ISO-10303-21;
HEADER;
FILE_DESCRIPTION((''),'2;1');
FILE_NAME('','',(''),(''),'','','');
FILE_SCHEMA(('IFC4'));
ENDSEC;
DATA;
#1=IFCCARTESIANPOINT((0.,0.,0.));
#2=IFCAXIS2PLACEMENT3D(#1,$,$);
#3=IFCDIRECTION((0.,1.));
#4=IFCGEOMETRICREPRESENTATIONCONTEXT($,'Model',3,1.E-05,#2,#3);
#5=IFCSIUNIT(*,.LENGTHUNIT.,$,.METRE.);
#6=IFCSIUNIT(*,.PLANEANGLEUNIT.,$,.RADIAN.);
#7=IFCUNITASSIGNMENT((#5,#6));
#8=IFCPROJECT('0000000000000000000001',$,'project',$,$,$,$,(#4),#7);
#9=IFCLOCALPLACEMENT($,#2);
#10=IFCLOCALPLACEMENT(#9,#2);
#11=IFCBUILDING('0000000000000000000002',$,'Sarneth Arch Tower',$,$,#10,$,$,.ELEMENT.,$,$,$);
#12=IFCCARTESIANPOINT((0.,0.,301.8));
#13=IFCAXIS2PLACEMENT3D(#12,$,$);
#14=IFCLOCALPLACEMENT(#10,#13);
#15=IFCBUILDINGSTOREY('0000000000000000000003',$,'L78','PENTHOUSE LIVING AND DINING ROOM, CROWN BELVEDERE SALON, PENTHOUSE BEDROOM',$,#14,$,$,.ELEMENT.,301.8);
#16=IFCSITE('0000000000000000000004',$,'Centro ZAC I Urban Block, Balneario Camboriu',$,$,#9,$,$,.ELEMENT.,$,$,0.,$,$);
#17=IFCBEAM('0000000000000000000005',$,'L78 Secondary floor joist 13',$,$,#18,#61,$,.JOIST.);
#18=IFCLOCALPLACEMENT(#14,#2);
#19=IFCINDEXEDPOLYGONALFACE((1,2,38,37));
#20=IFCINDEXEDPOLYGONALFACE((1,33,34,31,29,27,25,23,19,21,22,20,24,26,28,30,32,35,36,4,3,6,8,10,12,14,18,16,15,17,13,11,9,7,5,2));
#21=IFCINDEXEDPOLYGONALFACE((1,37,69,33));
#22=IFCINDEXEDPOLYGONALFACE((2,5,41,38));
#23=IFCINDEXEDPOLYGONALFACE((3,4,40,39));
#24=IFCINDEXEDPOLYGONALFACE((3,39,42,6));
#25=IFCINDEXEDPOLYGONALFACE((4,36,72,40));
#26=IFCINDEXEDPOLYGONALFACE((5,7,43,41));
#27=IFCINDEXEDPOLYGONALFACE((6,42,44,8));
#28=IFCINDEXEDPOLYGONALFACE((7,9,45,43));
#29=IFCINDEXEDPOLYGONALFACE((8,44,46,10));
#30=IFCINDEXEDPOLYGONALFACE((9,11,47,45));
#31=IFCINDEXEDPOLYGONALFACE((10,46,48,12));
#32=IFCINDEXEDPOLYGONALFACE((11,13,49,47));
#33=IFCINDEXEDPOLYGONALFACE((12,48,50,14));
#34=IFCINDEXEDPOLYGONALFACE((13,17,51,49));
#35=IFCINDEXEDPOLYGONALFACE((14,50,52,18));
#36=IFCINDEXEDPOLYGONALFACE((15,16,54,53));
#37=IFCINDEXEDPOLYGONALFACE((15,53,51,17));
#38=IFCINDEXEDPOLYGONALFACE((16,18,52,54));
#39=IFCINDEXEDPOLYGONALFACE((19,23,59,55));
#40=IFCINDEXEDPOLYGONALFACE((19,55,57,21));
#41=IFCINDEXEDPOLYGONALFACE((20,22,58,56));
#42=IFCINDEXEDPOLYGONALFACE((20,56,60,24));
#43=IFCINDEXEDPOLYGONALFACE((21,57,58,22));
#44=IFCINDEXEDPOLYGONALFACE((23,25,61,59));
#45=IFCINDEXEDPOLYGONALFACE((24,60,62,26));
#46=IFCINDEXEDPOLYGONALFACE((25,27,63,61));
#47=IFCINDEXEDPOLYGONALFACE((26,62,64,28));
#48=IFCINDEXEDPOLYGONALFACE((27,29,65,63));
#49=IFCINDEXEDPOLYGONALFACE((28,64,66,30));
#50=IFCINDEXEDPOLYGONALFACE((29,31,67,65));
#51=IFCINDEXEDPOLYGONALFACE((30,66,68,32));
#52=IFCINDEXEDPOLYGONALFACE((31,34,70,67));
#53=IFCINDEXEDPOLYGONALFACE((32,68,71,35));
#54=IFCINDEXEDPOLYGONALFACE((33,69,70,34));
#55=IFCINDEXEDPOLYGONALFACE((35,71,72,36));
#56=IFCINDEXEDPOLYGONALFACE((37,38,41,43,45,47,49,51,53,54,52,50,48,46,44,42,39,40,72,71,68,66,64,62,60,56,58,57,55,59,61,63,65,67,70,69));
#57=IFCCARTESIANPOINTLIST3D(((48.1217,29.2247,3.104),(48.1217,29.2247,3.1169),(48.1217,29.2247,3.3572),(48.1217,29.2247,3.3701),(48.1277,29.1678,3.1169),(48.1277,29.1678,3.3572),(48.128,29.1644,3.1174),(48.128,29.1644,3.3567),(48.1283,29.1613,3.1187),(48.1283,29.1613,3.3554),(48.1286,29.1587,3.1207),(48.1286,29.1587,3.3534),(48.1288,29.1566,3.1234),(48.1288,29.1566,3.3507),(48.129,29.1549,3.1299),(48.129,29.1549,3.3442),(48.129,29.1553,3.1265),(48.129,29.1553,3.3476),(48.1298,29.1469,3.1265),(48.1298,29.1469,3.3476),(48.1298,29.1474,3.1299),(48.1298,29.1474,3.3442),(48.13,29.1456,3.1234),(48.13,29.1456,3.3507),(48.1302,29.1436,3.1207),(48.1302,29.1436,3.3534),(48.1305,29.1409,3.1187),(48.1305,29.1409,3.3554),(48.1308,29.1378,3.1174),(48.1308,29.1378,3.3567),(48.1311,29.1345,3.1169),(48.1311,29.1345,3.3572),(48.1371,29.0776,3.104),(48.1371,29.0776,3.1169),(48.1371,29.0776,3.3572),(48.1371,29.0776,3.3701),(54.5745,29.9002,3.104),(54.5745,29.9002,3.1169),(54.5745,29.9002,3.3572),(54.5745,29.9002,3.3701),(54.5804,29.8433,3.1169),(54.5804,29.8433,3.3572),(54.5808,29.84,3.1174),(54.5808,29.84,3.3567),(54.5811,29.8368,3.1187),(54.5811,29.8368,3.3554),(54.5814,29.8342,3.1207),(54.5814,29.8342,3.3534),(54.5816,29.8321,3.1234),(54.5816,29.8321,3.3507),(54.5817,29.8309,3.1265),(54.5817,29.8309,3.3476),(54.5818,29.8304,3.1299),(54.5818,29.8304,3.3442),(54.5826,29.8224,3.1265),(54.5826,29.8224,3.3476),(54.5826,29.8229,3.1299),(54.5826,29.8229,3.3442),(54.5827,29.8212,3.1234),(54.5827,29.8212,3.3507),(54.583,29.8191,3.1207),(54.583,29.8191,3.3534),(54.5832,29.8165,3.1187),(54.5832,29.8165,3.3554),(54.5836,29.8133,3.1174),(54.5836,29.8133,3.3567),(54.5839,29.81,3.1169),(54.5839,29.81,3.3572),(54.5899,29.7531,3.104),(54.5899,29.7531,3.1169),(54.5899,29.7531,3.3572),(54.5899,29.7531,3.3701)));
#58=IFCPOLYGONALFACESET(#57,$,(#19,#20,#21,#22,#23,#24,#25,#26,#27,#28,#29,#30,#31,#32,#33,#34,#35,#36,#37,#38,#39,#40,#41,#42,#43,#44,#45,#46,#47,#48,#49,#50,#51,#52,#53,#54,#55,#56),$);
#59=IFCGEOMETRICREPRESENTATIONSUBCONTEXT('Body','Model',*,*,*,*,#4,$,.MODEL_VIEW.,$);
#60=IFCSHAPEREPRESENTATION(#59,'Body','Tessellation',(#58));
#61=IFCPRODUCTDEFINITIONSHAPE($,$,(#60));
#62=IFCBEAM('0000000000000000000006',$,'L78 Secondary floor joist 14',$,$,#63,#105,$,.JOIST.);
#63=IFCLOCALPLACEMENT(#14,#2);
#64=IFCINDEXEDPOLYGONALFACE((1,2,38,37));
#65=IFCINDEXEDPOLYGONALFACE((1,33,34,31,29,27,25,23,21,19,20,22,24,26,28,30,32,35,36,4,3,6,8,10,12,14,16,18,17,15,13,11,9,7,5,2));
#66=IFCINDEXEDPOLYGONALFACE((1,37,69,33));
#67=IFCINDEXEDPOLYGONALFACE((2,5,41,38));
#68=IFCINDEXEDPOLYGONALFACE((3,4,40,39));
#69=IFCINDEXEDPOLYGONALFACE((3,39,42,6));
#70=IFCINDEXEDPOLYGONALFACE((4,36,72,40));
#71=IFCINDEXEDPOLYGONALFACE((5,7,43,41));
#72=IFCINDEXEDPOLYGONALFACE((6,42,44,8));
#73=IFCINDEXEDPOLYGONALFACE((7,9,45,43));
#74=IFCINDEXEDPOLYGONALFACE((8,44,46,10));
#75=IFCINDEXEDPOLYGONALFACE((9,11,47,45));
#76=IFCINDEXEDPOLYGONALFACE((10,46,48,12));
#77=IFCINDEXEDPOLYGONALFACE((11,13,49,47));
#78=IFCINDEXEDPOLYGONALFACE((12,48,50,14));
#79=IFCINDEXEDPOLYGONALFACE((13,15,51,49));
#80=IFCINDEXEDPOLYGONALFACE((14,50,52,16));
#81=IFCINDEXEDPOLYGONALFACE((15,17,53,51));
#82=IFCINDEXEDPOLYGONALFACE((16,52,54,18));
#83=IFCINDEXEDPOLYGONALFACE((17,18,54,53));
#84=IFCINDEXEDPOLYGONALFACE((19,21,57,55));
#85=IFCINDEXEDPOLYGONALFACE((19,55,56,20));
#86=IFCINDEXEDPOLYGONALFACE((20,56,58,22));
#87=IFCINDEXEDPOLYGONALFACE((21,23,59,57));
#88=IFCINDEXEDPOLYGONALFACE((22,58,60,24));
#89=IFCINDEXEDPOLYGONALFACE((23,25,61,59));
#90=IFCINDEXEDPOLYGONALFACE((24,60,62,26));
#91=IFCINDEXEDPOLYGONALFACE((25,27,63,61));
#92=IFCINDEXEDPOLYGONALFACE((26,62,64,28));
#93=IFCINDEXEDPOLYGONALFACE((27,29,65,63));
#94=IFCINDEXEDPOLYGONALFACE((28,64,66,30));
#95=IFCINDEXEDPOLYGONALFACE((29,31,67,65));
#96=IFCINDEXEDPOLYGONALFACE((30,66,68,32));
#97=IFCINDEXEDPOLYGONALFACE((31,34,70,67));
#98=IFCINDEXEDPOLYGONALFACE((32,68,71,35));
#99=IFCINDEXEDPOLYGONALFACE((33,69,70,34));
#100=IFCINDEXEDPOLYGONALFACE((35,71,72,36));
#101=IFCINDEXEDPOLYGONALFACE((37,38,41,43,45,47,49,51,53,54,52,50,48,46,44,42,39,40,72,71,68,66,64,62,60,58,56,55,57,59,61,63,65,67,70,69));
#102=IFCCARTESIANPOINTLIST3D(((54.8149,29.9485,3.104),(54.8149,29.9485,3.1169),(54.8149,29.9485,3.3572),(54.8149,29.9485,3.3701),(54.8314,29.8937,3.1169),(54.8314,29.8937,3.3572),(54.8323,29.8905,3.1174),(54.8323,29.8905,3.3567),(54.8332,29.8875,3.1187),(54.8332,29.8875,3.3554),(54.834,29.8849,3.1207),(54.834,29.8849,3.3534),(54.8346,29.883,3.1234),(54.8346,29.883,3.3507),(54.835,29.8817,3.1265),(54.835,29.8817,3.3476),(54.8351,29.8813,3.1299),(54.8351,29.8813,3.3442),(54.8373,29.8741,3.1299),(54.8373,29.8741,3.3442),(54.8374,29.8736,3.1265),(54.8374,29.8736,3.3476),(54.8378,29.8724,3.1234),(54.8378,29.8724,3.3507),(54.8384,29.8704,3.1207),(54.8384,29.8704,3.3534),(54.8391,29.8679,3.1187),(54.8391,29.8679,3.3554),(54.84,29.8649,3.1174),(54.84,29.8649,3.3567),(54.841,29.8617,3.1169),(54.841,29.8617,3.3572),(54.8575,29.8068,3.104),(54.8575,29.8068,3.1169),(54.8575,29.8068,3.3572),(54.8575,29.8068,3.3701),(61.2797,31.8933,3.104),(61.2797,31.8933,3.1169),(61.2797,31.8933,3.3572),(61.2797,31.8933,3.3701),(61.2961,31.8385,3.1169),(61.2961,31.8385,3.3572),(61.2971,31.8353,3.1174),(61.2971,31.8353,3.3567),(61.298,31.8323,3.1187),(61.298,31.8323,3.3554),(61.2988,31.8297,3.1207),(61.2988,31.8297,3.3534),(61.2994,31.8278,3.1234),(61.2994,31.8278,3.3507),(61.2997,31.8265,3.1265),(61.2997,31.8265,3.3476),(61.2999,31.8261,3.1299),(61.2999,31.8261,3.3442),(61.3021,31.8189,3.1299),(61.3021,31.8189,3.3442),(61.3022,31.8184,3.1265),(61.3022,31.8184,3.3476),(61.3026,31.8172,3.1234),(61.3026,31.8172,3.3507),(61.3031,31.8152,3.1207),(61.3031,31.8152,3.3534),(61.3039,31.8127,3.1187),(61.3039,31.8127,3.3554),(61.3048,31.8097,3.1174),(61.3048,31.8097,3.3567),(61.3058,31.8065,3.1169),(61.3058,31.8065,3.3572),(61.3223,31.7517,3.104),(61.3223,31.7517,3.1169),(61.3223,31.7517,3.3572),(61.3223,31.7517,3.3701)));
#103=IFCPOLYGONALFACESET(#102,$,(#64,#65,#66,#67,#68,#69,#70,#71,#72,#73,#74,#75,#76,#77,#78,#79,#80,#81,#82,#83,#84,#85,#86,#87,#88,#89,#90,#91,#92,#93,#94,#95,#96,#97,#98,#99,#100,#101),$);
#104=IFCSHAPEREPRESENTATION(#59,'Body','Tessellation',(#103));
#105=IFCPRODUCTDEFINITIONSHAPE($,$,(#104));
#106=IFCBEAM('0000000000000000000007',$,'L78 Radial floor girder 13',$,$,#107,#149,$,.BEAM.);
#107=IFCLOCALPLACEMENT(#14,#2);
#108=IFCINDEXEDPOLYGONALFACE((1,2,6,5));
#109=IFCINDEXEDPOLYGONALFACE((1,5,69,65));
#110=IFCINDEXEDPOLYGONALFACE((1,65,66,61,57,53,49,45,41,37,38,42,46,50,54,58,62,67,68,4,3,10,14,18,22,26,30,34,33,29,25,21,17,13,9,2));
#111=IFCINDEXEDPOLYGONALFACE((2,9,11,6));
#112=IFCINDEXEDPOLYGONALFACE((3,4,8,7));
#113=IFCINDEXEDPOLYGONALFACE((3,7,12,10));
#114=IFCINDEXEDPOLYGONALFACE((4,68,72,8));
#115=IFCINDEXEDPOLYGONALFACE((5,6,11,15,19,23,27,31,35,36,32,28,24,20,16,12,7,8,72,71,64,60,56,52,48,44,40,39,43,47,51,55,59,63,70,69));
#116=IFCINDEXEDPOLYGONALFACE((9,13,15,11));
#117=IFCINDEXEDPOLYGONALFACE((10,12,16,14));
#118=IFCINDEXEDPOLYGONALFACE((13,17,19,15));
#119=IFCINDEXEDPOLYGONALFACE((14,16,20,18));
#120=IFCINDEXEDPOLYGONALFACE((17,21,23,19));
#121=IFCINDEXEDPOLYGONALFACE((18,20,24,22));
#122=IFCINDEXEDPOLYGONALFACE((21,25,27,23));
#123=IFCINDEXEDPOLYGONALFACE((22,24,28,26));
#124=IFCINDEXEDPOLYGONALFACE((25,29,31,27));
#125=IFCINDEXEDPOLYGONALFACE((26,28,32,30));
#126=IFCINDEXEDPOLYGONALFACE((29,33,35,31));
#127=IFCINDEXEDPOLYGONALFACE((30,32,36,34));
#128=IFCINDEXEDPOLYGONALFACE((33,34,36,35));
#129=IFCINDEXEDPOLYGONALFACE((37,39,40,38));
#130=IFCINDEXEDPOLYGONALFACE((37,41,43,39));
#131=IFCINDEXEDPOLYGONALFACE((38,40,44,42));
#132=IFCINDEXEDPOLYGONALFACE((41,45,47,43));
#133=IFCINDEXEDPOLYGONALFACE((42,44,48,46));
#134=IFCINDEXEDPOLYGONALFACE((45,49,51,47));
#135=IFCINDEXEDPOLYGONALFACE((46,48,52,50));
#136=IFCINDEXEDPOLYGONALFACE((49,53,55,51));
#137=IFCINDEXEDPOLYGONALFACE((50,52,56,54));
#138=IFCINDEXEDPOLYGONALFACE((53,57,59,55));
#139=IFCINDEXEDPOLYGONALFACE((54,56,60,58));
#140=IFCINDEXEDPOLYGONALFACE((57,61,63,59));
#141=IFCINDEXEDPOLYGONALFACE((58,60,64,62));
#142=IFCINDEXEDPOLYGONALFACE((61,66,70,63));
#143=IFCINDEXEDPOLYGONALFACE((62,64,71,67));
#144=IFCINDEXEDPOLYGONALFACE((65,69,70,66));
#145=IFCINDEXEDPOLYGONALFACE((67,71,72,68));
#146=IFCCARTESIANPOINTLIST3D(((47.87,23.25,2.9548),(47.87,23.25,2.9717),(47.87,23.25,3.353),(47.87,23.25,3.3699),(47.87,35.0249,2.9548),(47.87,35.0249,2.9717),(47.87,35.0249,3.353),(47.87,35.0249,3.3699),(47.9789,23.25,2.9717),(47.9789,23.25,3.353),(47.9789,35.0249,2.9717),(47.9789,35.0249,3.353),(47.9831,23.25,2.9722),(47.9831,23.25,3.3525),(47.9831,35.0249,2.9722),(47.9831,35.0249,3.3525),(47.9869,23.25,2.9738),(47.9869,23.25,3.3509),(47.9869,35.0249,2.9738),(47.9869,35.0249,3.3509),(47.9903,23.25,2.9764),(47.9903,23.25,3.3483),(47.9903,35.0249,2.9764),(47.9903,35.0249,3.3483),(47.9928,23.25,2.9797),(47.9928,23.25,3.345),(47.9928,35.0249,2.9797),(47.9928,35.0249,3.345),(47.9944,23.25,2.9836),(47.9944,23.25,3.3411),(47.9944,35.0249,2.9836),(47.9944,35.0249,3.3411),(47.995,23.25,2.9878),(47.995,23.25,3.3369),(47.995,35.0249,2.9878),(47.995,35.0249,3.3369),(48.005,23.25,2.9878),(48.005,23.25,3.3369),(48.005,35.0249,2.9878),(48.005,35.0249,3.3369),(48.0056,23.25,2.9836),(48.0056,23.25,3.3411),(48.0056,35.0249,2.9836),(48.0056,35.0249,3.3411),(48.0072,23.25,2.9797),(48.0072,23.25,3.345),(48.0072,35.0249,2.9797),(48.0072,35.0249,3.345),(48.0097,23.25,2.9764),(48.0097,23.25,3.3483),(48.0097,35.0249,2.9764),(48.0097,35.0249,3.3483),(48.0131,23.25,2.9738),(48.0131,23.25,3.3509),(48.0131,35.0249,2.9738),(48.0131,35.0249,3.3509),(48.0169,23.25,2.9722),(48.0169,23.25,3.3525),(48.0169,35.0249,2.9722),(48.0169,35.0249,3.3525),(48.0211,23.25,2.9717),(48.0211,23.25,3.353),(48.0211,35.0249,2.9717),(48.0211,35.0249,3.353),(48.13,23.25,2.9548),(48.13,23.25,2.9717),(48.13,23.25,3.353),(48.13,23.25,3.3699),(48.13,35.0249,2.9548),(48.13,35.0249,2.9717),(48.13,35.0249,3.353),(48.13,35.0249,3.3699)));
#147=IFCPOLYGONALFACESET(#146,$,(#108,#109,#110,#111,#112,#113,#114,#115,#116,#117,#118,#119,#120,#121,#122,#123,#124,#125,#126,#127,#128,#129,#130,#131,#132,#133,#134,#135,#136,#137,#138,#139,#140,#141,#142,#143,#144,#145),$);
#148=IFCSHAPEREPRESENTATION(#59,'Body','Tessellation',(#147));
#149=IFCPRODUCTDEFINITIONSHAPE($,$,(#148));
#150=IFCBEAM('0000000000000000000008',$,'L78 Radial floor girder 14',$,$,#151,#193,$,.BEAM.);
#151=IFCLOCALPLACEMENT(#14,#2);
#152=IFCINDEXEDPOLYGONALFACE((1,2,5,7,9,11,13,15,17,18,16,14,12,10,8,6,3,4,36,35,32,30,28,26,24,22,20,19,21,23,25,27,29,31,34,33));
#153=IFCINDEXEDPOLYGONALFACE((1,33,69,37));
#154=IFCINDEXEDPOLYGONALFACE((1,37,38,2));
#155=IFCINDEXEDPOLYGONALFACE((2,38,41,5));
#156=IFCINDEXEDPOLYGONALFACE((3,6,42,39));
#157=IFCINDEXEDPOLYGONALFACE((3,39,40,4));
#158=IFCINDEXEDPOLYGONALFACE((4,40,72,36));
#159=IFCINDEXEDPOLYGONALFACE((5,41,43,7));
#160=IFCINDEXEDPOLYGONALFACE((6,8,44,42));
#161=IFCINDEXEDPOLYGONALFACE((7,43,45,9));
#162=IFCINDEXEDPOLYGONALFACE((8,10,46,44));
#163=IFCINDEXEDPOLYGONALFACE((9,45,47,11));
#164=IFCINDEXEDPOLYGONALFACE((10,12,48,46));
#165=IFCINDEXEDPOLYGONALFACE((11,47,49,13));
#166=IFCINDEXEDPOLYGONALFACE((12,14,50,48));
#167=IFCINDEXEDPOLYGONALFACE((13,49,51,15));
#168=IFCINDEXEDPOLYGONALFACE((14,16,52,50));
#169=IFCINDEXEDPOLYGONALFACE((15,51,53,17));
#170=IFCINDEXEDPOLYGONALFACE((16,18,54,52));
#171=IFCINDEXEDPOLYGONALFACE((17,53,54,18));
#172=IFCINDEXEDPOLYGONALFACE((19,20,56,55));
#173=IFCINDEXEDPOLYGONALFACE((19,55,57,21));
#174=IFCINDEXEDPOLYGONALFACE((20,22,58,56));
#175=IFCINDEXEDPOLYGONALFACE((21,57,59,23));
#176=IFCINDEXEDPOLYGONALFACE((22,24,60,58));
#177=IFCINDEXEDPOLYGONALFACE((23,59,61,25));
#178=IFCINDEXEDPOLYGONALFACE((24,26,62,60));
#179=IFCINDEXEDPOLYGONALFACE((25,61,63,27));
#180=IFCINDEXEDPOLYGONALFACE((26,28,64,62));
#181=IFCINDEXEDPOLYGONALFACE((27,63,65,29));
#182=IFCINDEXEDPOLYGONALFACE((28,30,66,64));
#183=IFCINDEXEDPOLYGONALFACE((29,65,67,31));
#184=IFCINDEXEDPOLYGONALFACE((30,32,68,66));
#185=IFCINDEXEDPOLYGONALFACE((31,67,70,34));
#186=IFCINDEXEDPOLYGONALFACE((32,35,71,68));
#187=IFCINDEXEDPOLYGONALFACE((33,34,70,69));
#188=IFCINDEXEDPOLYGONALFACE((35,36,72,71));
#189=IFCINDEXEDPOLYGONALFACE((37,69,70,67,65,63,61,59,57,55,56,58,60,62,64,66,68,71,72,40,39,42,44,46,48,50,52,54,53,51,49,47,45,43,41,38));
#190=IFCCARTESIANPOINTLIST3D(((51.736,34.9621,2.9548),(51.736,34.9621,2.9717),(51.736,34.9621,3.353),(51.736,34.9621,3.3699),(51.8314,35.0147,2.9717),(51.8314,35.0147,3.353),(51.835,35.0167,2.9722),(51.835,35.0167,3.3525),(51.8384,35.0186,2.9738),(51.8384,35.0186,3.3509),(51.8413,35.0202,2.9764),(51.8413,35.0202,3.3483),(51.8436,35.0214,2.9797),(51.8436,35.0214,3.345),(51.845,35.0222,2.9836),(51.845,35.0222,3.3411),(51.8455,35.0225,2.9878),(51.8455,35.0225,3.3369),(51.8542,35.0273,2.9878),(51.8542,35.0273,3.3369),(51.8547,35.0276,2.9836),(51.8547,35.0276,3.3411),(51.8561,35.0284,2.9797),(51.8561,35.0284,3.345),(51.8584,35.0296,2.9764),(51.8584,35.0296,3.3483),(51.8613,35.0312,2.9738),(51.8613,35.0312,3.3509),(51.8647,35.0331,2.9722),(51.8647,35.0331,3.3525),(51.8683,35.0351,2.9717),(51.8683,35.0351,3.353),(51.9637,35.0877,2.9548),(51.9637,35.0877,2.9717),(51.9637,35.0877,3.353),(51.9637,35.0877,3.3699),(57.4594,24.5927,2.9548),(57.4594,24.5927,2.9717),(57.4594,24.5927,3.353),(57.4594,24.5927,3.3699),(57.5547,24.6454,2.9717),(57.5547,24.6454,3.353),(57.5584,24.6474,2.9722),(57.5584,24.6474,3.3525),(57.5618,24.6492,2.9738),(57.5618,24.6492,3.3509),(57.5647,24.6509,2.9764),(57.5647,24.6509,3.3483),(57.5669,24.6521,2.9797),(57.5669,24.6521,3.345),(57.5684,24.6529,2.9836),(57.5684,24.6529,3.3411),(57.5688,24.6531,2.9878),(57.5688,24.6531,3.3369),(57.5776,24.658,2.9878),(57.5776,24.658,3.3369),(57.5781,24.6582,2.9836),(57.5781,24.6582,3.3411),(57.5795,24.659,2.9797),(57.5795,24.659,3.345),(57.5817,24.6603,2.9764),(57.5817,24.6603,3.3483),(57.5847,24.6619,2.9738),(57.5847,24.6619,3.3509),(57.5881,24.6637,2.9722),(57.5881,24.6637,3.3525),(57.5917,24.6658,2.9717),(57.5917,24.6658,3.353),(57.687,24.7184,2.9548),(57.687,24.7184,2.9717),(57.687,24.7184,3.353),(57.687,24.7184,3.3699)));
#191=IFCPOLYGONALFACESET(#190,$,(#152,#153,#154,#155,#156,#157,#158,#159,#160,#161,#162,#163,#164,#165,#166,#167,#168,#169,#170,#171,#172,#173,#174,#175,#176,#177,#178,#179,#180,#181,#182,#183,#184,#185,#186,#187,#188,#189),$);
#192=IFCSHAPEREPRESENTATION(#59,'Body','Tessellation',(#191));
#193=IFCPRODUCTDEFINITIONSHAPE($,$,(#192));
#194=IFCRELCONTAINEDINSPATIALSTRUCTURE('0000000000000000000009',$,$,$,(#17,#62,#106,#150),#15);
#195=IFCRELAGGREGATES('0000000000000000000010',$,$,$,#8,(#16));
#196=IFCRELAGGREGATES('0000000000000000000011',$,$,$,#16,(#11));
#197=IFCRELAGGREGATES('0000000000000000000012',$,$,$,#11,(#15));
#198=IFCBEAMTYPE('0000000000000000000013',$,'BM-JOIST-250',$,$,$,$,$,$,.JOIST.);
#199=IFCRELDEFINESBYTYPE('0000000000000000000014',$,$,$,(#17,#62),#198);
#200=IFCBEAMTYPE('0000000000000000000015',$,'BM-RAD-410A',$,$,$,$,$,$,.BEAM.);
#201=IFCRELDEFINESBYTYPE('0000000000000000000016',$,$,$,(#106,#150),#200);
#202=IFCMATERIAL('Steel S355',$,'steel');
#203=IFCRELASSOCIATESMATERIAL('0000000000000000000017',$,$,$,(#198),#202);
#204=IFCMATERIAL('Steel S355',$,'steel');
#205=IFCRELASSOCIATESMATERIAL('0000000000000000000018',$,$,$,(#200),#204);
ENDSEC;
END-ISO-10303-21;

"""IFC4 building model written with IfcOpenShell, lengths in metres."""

from ifc_helpers import new_model, si_unit, direction, frame, origin, origin_2d, place, context, subcontext, project, spatial, i_section, extrude, material, material_profile, profile_set, type_object, element, save


model = new_model("IFC4")

# Units and contexts
model_context = context("Model", 3, precision=1e-05, world=origin(), true_north=direction((0.0, 1.0)))
body_context = subcontext(model_context, "Body", "Model", "MODEL_VIEW")
ifc_project = project(units=[si_unit("LENGTHUNIT", "METRE"), si_unit("PLANEANGLEUNIT", "RADIAN")], contexts=[model_context])

# Site, building, storey
site_placement = place(None, origin())
site = spatial("IfcSite", under=ifc_project, at=site_placement, Name="Centro ZAC I Urban Block, Balneario Camboriu", CompositionType="ELEMENT", RefElevation=0.0)
building_placement = place(site_placement, origin())
building = spatial("IfcBuilding", under=site, at=building_placement, Name="Sarneth Arch Tower", CompositionType="ELEMENT")
storey_placement = place(building_placement, frame((0.0, 0.0, 301.8)))
storey = spatial("IfcBuildingStorey", under=building, at=storey_placement, Name="L78", Description="PENTHOUSE LIVING AND DINING ROOM, CROWN BELVEDERE SALON, PENTHOUSE BEDROOM", CompositionType="ELEMENT", Elevation=301.8)

# Beams
ifc_material_1 = material(Name="Steel S355", Category="steel")
ifc_material_profile_1 = material_profile(ifc_material_1, i_section(OverallWidth=0.1479, OverallDepth=0.2661, WebThickness=0.0076, FlangeThickness=0.0129, FilletRadius=0.0129, at=origin_2d()), Name="W250x44.8")
ifc_profile_set_1 = profile_set([ifc_material_profile_1], Name="Steel S355")
beam_type_1 = type_object("IfcBeamType", Name="BM-JOIST-250", PredefinedType="JOIST", material=ifc_profile_set_1)
beam_1_placement = place(storey_placement, frame((48.1294, 29.1511, 3.2371), z_axis=(0.994565, 0.104119, 0.0), x_axis=(-0.104119, 0.994565, 0.0)))
element("IfcBeam", 1, at=beam_1_placement, inside=storey, type_object=beam_type_1, Name="L78 Secondary floor joist 13", PredefinedType="JOIST", context=body_context, shape_type="SweptSolid", body=[
    extrude(i_section(OverallWidth=0.1479, OverallDepth=0.2661, WebThickness=0.0076, FlangeThickness=0.0129, FilletRadius=0.0129, at=origin_2d()), origin(), (0.0, 0.0, 1.0), 6.488),
])
beam_2_placement = place(storey_placement, frame((54.8362, 29.8777, 3.2371), z_axis=(0.957607, 0.288078, 0.0), x_axis=(-0.288078, 0.957607, 0.0)))
element("IfcBeam", 2, at=beam_2_placement, inside=storey, type_object=beam_type_1, Name="L78 Secondary floor joist 14", PredefinedType="JOIST", context=body_context, shape_type="SweptSolid", body=[
    extrude(i_section(OverallWidth=0.1479, OverallDepth=0.2661, WebThickness=0.0076, FlangeThickness=0.0129, FilletRadius=0.0129, at=origin_2d()), origin(), (0.0, 0.0, 1.0), 6.751),
])
ifc_material_2 = material(Name="Steel S355", Category="steel")
ifc_material_profile_2 = material_profile(ifc_material_2, i_section(OverallWidth=0.26, OverallDepth=0.415, WebThickness=0.01, FlangeThickness=0.0168, FilletRadius=0.0161, at=origin_2d()), Name="W410x100")
ifc_profile_set_2 = profile_set([ifc_material_profile_2], Name="Steel S355")
beam_type_2 = type_object("IfcBeamType", Name="BM-RAD-410A", PredefinedType="BEAM", material=ifc_profile_set_2)
beam_3_placement = place(storey_placement, frame((48.0, 35.0249, 3.1624), z_axis=(0.0, -1.0, 0.0), x_axis=(1.0, 0.0, 0.0)))
element("IfcBeam", 3, at=beam_3_placement, inside=storey, type_object=beam_type_2, Name="L78 Radial floor girder 13", PredefinedType="BEAM", context=body_context, shape_type="SweptSolid", body=[
    extrude(i_section(OverallWidth=0.26, OverallDepth=0.415, WebThickness=0.01, FlangeThickness=0.0168, FilletRadius=0.0161, at=origin_2d()), origin(), (0.0, 0.0, 1.0), 11.7749),
])
beam_4_placement = place(storey_placement, frame((51.8499, 35.0249, 3.1624), z_axis=(0.483229, -0.875494, 0.0), x_axis=(0.875494, 0.483229, 0.0)))
element("IfcBeam", 4, at=beam_4_placement, inside=storey, type_object=beam_type_2, Name="L78 Radial floor girder 14", PredefinedType="BEAM", context=body_context, shape_type="SweptSolid", body=[
    extrude(i_section(OverallWidth=0.26, OverallDepth=0.415, WebThickness=0.01, FlangeThickness=0.0168, FilletRadius=0.0161, at=origin_2d()), origin(), (0.0, 0.0, 1.0), 11.844),
])

save(model, "model.ifc")
